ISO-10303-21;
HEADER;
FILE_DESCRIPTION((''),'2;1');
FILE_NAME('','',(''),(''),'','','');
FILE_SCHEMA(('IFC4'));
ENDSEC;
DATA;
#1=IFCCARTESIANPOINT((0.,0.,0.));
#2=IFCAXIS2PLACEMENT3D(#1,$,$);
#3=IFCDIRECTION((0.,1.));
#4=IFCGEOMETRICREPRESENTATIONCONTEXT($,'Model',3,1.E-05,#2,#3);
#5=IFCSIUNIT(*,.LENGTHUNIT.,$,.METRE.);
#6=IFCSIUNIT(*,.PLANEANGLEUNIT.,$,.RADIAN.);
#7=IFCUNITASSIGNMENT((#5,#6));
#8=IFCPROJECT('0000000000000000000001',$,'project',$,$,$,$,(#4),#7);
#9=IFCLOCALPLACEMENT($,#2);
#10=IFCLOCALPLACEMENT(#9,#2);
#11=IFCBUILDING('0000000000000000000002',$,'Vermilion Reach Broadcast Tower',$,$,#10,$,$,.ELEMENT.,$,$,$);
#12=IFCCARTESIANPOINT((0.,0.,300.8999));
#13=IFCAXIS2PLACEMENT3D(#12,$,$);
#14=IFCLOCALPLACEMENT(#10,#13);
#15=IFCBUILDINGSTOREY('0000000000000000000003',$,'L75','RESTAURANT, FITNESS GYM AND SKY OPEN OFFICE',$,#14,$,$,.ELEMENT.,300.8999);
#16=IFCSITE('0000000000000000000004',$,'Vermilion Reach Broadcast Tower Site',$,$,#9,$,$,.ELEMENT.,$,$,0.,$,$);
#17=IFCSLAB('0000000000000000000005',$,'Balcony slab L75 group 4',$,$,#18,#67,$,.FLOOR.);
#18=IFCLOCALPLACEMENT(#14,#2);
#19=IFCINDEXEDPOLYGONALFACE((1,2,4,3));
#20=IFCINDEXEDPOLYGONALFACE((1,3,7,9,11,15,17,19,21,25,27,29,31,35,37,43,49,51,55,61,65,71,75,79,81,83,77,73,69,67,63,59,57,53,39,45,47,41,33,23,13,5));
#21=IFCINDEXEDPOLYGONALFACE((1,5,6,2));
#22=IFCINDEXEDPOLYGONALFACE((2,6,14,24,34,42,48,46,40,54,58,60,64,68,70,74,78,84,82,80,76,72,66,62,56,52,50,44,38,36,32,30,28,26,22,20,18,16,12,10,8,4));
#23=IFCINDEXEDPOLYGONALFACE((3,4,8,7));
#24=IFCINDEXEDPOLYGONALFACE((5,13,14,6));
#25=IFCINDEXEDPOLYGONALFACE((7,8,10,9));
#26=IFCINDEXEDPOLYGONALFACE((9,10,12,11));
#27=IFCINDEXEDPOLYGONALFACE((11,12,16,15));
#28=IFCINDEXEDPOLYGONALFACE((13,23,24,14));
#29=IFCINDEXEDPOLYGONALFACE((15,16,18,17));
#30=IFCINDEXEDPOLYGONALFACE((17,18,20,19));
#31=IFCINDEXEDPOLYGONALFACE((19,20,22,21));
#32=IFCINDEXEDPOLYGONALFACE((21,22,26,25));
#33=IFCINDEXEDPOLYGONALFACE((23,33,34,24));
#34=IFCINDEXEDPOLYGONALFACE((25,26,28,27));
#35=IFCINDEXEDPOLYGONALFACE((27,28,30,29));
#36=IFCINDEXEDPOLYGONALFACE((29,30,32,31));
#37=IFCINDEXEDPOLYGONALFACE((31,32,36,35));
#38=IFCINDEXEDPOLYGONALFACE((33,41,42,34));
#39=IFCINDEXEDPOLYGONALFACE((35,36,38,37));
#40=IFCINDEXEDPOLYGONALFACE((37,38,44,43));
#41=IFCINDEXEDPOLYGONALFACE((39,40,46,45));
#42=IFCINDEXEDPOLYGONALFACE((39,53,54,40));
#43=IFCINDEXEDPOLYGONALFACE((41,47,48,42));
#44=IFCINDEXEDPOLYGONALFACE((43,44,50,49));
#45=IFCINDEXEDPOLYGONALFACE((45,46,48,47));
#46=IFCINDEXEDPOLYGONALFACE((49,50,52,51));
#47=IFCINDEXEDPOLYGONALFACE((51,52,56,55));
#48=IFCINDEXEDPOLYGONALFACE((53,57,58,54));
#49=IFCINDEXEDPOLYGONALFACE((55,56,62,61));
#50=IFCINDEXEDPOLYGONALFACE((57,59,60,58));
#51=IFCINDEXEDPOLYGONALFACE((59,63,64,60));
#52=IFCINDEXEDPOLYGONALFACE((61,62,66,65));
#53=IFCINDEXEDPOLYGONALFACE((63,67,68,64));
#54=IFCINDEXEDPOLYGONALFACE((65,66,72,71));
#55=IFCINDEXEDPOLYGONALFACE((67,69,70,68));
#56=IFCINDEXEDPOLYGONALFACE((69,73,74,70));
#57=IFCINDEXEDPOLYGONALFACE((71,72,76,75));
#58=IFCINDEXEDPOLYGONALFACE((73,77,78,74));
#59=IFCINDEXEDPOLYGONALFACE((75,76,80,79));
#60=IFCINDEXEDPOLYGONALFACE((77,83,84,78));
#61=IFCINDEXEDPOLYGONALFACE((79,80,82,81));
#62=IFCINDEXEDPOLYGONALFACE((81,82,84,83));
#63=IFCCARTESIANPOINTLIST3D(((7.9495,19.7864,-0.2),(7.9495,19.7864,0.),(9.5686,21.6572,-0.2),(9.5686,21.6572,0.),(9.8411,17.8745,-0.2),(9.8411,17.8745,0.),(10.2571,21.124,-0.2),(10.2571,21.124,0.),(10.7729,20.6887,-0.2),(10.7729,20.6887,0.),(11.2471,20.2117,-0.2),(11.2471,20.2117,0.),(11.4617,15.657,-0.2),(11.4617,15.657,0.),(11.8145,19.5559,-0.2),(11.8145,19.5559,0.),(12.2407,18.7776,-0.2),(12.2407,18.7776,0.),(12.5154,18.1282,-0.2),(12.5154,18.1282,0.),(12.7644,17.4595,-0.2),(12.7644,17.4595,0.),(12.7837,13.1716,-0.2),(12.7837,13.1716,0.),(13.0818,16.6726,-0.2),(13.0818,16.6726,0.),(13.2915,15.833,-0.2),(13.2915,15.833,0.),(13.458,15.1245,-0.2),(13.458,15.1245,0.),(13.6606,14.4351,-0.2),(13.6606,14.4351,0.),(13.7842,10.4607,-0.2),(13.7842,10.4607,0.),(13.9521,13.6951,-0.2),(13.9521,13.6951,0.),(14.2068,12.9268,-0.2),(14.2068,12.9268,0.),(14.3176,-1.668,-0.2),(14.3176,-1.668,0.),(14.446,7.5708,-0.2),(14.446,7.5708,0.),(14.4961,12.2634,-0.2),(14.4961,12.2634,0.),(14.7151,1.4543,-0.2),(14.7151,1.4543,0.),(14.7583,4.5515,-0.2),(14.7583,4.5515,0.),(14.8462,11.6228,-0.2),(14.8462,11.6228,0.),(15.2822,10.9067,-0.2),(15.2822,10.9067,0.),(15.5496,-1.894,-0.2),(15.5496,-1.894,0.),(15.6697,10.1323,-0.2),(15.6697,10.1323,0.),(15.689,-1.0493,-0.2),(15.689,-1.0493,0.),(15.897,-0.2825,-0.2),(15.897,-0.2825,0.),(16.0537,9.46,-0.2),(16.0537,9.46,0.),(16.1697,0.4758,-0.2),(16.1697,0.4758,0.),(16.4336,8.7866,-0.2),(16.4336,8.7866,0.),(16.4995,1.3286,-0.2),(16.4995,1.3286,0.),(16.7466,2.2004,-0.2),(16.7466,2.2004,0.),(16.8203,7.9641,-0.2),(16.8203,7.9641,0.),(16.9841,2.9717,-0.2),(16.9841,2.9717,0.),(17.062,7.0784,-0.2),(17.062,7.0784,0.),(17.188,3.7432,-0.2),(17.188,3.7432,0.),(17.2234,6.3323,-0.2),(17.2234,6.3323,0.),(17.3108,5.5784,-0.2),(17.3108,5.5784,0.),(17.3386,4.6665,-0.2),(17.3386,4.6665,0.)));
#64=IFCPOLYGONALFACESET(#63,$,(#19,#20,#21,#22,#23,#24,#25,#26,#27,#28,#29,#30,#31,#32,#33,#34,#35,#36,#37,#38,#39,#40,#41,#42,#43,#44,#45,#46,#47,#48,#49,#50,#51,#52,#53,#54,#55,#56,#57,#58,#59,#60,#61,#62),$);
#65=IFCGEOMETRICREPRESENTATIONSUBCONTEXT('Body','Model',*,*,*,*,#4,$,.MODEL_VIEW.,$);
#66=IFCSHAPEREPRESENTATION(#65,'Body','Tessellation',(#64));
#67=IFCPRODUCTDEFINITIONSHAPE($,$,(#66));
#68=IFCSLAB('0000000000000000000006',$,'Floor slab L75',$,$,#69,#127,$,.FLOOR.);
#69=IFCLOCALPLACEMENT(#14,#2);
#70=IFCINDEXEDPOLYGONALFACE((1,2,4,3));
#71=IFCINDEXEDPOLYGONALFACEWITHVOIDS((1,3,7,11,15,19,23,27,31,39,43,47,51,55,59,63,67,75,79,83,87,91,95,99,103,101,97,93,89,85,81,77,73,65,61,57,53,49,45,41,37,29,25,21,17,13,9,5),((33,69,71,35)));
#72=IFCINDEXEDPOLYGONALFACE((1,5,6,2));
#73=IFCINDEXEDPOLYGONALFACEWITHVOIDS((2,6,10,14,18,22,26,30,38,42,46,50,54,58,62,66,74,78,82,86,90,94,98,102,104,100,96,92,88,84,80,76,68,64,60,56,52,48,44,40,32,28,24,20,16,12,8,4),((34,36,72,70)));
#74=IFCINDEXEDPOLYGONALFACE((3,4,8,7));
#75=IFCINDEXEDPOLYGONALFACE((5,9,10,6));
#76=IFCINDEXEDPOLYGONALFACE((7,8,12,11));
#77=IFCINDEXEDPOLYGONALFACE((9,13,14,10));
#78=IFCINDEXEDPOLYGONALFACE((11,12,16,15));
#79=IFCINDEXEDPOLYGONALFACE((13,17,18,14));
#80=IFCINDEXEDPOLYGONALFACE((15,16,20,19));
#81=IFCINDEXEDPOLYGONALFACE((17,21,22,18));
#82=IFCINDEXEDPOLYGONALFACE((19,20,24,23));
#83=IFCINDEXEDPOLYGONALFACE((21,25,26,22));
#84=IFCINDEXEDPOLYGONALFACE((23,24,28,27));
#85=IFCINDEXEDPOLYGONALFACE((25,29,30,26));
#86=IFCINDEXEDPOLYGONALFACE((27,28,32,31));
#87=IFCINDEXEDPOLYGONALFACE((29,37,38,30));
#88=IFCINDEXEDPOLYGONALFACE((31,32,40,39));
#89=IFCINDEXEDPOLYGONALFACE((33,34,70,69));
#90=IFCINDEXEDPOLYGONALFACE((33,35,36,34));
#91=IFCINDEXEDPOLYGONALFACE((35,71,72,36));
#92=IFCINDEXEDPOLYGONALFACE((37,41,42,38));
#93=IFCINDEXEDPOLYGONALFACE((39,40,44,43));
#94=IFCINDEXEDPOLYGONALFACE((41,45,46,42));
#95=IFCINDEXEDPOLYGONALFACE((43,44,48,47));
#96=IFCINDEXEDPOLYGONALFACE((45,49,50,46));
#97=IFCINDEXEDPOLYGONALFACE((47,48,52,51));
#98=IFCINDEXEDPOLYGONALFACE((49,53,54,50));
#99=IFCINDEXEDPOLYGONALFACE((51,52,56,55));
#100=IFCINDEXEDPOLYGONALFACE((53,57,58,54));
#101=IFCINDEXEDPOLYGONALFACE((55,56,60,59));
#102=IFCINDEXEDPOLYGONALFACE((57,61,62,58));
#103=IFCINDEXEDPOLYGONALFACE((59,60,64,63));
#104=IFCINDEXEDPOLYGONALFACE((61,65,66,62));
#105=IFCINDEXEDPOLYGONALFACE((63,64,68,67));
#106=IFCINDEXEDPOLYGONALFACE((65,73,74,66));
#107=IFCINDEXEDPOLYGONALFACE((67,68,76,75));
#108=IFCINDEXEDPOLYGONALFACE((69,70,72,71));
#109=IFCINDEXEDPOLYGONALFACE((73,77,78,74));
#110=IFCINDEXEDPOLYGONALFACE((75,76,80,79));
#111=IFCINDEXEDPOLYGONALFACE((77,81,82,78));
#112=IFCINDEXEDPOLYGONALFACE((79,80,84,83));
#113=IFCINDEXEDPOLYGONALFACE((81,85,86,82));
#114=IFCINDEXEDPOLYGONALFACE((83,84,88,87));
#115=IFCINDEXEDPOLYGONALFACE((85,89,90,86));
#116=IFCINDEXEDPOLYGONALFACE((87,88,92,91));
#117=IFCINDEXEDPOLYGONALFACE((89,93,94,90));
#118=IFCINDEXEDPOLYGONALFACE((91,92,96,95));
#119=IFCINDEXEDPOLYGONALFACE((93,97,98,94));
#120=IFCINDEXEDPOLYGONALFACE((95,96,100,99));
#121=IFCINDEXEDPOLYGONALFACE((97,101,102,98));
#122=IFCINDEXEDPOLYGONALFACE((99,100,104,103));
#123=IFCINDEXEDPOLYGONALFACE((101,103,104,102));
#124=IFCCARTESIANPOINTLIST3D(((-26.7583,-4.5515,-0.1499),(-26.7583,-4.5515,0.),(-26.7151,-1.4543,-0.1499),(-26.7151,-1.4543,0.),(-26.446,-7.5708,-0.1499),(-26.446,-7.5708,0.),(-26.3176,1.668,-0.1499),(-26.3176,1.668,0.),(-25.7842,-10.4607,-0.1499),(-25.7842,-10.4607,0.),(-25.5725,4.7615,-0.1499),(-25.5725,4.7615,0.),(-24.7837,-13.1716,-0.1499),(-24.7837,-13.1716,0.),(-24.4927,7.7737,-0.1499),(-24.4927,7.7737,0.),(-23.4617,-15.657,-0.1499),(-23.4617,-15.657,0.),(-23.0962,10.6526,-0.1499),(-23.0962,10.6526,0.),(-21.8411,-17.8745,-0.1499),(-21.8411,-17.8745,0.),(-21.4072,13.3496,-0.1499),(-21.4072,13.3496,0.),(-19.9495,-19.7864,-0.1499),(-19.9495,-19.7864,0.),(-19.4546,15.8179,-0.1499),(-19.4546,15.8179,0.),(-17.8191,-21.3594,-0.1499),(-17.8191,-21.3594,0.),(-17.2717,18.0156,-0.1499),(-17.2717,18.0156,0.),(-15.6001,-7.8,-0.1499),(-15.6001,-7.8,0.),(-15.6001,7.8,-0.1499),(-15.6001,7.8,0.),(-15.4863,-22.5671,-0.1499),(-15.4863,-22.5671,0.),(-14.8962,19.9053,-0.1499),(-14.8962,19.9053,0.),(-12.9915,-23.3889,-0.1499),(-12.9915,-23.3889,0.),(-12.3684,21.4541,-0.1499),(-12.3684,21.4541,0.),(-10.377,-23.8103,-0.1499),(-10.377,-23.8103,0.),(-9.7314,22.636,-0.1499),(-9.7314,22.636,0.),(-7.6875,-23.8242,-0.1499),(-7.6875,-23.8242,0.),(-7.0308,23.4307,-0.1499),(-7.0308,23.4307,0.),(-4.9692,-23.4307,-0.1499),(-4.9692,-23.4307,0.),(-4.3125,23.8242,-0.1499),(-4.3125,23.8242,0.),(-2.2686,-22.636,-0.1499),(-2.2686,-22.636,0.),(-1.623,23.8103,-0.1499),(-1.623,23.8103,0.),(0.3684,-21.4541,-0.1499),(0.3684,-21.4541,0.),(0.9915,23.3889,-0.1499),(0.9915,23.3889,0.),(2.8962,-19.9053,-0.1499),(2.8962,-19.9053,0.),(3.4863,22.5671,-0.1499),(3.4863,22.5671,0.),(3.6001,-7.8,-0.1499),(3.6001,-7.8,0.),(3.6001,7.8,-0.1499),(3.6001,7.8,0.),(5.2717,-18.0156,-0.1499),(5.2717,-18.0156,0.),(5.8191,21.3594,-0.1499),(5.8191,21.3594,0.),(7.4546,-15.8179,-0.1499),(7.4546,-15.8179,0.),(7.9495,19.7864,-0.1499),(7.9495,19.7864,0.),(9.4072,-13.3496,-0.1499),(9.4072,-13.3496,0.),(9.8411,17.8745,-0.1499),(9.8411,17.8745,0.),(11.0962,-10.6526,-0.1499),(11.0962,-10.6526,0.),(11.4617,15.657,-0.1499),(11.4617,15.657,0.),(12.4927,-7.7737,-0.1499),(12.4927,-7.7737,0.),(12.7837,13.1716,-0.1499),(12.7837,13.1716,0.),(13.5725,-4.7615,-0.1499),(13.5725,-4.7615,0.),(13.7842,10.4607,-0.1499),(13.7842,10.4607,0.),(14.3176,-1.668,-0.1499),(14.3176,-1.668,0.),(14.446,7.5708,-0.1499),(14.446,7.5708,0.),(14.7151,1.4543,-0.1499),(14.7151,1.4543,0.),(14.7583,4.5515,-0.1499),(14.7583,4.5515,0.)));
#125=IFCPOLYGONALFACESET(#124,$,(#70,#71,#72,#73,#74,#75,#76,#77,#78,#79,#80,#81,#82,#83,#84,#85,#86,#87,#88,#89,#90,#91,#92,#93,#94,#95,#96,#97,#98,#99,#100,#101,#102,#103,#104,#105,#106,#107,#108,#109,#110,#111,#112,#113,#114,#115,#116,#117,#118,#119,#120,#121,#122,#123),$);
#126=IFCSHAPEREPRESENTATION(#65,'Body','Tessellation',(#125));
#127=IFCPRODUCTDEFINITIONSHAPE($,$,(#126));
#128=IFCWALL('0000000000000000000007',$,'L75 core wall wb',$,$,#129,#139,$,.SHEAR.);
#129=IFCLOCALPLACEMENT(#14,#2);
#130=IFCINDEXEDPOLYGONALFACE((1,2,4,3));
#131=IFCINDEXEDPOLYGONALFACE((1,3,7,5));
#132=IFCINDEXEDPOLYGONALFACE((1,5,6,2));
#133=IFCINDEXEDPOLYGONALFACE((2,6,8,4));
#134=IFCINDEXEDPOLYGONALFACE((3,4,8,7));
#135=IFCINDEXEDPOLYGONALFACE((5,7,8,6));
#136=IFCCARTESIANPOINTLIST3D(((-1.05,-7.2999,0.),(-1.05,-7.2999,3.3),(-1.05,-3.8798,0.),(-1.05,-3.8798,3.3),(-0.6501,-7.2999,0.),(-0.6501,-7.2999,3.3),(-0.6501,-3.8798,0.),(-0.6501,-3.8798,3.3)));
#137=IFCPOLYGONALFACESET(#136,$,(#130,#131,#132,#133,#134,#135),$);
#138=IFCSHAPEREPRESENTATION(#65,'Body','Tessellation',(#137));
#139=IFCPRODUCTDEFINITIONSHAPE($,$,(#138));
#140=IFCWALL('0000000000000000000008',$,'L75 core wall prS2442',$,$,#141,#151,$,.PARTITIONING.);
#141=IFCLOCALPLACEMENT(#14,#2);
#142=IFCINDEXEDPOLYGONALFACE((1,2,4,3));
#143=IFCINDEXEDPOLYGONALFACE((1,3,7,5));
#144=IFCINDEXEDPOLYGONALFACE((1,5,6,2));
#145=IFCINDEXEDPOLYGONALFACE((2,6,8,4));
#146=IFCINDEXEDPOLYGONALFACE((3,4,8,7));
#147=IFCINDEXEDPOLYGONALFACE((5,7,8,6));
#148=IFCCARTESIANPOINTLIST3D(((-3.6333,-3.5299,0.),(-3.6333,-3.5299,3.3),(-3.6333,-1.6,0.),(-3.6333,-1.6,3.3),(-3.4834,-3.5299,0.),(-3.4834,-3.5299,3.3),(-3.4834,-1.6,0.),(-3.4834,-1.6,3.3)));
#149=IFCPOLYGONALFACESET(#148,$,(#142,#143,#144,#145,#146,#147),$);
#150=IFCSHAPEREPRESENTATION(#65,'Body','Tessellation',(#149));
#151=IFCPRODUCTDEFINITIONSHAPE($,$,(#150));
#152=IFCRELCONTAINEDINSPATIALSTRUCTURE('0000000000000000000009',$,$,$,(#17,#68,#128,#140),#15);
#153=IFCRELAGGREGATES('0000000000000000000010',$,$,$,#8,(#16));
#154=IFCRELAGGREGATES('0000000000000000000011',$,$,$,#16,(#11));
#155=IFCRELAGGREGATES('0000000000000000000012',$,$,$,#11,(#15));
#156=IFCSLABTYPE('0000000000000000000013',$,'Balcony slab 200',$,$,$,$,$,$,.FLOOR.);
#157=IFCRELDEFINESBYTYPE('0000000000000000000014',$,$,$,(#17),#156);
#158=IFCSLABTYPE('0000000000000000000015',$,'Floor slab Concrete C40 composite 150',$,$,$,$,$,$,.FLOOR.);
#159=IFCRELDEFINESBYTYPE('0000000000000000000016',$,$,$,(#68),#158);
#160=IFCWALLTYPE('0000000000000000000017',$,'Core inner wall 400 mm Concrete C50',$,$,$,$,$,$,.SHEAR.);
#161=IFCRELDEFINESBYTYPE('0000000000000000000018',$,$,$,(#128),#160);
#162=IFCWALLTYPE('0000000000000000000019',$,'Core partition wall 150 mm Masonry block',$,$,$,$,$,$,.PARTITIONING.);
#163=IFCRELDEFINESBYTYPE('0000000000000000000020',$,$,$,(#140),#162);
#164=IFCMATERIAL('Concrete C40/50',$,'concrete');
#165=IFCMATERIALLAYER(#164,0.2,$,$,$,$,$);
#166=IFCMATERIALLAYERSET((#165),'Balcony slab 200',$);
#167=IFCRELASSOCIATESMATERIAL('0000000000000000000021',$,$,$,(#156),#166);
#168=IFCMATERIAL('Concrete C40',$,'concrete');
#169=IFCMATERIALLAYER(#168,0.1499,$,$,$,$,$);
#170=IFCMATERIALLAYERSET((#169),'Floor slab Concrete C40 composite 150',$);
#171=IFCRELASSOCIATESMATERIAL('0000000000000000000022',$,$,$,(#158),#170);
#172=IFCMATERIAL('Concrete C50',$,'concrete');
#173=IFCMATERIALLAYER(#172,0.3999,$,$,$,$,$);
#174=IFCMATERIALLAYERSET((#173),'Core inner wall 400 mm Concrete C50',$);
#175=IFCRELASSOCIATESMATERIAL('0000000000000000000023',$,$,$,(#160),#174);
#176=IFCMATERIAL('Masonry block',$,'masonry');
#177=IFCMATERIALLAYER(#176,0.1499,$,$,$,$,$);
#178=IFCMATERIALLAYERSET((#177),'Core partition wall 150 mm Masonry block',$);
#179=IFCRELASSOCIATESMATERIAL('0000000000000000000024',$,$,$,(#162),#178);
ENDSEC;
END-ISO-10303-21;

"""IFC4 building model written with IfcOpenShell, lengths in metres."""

from ifc_helpers import new_model, si_unit, direction, frame, frame_2d, origin, place, context, subcontext, project, spatial, polyline, rectangle, outline, extrude, material, layer, layer_set, type_object, element, save


model = new_model("IFC4")

# Units and contexts
model_context = context("Model", 3, precision=1e-05, world=origin(), true_north=direction((0.0, 1.0)))
body_context = subcontext(model_context, "Body", "Model", "MODEL_VIEW")
ifc_project = project(units=[si_unit("LENGTHUNIT", "METRE"), si_unit("PLANEANGLEUNIT", "RADIAN")], contexts=[model_context])

# Site, building, storey
site_placement = place(None, origin())
site = spatial("IfcSite", under=ifc_project, at=site_placement, Name="Vermilion Reach Broadcast Tower Site", CompositionType="ELEMENT", RefElevation=0.0)
building_placement = place(site_placement, origin())
building = spatial("IfcBuilding", under=site, at=building_placement, Name="Vermilion Reach Broadcast Tower", CompositionType="ELEMENT")
storey_placement = place(building_placement, frame((0.0, 0.0, 300.8999)))
storey = spatial("IfcBuildingStorey", under=building, at=storey_placement, Name="L75", Description="RESTAURANT, FITNESS GYM AND SKY OPEN OFFICE", CompositionType="ELEMENT", Elevation=300.8999)

# Slabs
ifc_material_1 = material(Name="Concrete C40/50", Category="concrete")
ifc_layer_1 = layer(ifc_material_1, 0.2)
ifc_layer_set_1 = layer_set([ifc_layer_1], Name="Balcony slab 200")
slab_type_1 = type_object("IfcSlabType", Name="Balcony slab 200", PredefinedType="FLOOR", material=ifc_layer_set_1)
placement_1 = place(storey_placement, frame((0.0, 0.0, -0.2)))
element("IfcSlab", 1, at=placement_1, inside=storey, type_object=slab_type_1, Name="Balcony slab L75 group 4", PredefinedType="FLOOR", context=body_context, shape_type="SweptSolid", body=[
    extrude(outline(polyline([(14.3176, -1.668), (14.7151, 1.4543), (14.7583, 4.5515), (14.446, 7.5708), (13.7842, 10.4607), (12.7837, 13.1716), (11.4617, 15.657), (9.8411, 17.8745), (7.9495, 19.7864), (9.5686, 21.6572), (10.2571, 21.124), (10.7729, 20.6887), (11.2471, 20.2117), (11.8145, 19.5559), (12.2407, 18.7776), (12.5154, 18.1282), (12.7644, 17.4595), (13.0818, 16.6726), (13.2915, 15.833), (13.458, 15.1245), (13.6606, 14.4351), (13.9521, 13.6951), (14.2068, 12.9268), (14.4961, 12.2634), (14.8462, 11.6228), (15.2822, 10.9067), (15.6697, 10.1323), (16.0537, 9.46), (16.4336, 8.7866), (16.8203, 7.9641), (17.062, 7.0784), (17.2234, 6.3323), (17.3108, 5.5784), (17.3386, 4.6665), (17.188, 3.7432), (16.9841, 2.9717), (16.7466, 2.2004), (16.4995, 1.3286), (16.1697, 0.4758), (15.897, -0.2825), (15.689, -1.0493), (15.5496, -1.894), (14.3176, -1.668)])), origin(), (0.0, 0.0, 1.0), 0.2),
])
ifc_material_2 = material(Name="Concrete C40", Category="concrete")
ifc_layer_2 = layer(ifc_material_2, 0.1499)
ifc_layer_set_2 = layer_set([ifc_layer_2], Name="Floor slab Concrete C40 composite 150")
slab_type_2 = type_object("IfcSlabType", Name="Floor slab Concrete C40 composite 150", PredefinedType="FLOOR", material=ifc_layer_set_2)
slab_1_placement = place(storey_placement, frame((0.0, 0.0, -0.1499)))
element("IfcSlab", 2, at=slab_1_placement, inside=storey, type_object=slab_type_2, Name="Floor slab L75", PredefinedType="FLOOR", context=body_context, shape_type="SweptSolid", body=[
    extrude(outline(polyline([(3.4863, 22.5671), (0.9915, 23.3889), (-1.623, 23.8103), (-4.3125, 23.8242), (-7.0308, 23.4307), (-9.7314, 22.636), (-12.3684, 21.4541), (-14.8962, 19.9053), (-17.2717, 18.0156), (-19.4546, 15.8179), (-21.4072, 13.3496), (-23.0962, 10.6526), (-24.4927, 7.7737), (-25.5725, 4.7615), (-26.3176, 1.668), (-26.7151, -1.4543), (-26.7583, -4.5515), (-26.446, -7.5708), (-25.7842, -10.4607), (-24.7837, -13.1716), (-23.4617, -15.657), (-21.8411, -17.8745), (-19.9495, -19.7864), (-17.8191, -21.3594), (-15.4863, -22.5671), (-12.9915, -23.3889), (-10.377, -23.8103), (-7.6875, -23.8242), (-4.9692, -23.4307), (-2.2686, -22.636), (0.3684, -21.4541), (2.8962, -19.9053), (5.2717, -18.0156), (7.4546, -15.8179), (9.4072, -13.3496), (11.0962, -10.6526), (12.4927, -7.7737), (13.5725, -4.7615), (14.3176, -1.668), (14.7151, 1.4543), (14.7583, 4.5515), (14.446, 7.5708), (13.7842, 10.4607), (12.7837, 13.1716), (11.4617, 15.657), (9.8411, 17.8745), (7.9495, 19.7864), (5.8191, 21.3594), (3.4863, 22.5671)]), holes=[polyline([(-15.6001, -7.8), (3.6001, -7.8), (3.6001, 7.8), (-15.6001, 7.8), (-15.6001, -7.8)])]), origin(), (0.0, 0.0, 1.0), 0.1499),
])

# Walls
ifc_material_3 = material(Name="Concrete C50", Category="concrete")
ifc_layer_3 = layer(ifc_material_3, 0.3999)
ifc_layer_set_3 = layer_set([ifc_layer_3], Name="Core inner wall 400 mm Concrete C50")
wall_type_1 = type_object("IfcWallType", Name="Core inner wall 400 mm Concrete C50", PredefinedType="SHEAR", material=ifc_layer_set_3)
wall_1_placement = place(storey_placement, frame((-0.8501, -3.8799, 0.0), z_axis=(0.0, 0.0, 1.0), x_axis=(0.0, -1.0, 0.0)))
element("IfcWall", 3, at=wall_1_placement, inside=storey, type_object=wall_type_1, Name="L75 core wall wb", PredefinedType="SHEAR", context=body_context, shape_type="SweptSolid", body=[
    extrude(rectangle(XDim=3.4202, YDim=0.3999, at=frame_2d((1.71, 0.0))), origin(), (0.0, 0.0, 1.0), 3.3),
])
ifc_material_4 = material(Name="Masonry block", Category="masonry")
ifc_layer_4 = layer(ifc_material_4, 0.1499)
ifc_layer_set_4 = layer_set([ifc_layer_4], Name="Core partition wall 150 mm Masonry block")
wall_type_2 = type_object("IfcWallType", Name="Core partition wall 150 mm Masonry block", PredefinedType="PARTITIONING", material=ifc_layer_set_4)
wall_2_placement = place(storey_placement, frame((-3.5583, -1.6001, 0.0), z_axis=(0.0, 0.0, 1.0), x_axis=(0.0, -1.0, 0.0)))
element("IfcWall", 4, at=wall_2_placement, inside=storey, type_object=wall_type_2, Name="L75 core wall prS2442", PredefinedType="PARTITIONING", context=body_context, shape_type="SweptSolid", body=[
    extrude(rectangle(XDim=1.9299, YDim=0.1499, at=frame_2d((0.9648, 0.0))), origin(), (0.0, 0.0, 1.0), 3.3),
])

save(model, "model.ifc")
